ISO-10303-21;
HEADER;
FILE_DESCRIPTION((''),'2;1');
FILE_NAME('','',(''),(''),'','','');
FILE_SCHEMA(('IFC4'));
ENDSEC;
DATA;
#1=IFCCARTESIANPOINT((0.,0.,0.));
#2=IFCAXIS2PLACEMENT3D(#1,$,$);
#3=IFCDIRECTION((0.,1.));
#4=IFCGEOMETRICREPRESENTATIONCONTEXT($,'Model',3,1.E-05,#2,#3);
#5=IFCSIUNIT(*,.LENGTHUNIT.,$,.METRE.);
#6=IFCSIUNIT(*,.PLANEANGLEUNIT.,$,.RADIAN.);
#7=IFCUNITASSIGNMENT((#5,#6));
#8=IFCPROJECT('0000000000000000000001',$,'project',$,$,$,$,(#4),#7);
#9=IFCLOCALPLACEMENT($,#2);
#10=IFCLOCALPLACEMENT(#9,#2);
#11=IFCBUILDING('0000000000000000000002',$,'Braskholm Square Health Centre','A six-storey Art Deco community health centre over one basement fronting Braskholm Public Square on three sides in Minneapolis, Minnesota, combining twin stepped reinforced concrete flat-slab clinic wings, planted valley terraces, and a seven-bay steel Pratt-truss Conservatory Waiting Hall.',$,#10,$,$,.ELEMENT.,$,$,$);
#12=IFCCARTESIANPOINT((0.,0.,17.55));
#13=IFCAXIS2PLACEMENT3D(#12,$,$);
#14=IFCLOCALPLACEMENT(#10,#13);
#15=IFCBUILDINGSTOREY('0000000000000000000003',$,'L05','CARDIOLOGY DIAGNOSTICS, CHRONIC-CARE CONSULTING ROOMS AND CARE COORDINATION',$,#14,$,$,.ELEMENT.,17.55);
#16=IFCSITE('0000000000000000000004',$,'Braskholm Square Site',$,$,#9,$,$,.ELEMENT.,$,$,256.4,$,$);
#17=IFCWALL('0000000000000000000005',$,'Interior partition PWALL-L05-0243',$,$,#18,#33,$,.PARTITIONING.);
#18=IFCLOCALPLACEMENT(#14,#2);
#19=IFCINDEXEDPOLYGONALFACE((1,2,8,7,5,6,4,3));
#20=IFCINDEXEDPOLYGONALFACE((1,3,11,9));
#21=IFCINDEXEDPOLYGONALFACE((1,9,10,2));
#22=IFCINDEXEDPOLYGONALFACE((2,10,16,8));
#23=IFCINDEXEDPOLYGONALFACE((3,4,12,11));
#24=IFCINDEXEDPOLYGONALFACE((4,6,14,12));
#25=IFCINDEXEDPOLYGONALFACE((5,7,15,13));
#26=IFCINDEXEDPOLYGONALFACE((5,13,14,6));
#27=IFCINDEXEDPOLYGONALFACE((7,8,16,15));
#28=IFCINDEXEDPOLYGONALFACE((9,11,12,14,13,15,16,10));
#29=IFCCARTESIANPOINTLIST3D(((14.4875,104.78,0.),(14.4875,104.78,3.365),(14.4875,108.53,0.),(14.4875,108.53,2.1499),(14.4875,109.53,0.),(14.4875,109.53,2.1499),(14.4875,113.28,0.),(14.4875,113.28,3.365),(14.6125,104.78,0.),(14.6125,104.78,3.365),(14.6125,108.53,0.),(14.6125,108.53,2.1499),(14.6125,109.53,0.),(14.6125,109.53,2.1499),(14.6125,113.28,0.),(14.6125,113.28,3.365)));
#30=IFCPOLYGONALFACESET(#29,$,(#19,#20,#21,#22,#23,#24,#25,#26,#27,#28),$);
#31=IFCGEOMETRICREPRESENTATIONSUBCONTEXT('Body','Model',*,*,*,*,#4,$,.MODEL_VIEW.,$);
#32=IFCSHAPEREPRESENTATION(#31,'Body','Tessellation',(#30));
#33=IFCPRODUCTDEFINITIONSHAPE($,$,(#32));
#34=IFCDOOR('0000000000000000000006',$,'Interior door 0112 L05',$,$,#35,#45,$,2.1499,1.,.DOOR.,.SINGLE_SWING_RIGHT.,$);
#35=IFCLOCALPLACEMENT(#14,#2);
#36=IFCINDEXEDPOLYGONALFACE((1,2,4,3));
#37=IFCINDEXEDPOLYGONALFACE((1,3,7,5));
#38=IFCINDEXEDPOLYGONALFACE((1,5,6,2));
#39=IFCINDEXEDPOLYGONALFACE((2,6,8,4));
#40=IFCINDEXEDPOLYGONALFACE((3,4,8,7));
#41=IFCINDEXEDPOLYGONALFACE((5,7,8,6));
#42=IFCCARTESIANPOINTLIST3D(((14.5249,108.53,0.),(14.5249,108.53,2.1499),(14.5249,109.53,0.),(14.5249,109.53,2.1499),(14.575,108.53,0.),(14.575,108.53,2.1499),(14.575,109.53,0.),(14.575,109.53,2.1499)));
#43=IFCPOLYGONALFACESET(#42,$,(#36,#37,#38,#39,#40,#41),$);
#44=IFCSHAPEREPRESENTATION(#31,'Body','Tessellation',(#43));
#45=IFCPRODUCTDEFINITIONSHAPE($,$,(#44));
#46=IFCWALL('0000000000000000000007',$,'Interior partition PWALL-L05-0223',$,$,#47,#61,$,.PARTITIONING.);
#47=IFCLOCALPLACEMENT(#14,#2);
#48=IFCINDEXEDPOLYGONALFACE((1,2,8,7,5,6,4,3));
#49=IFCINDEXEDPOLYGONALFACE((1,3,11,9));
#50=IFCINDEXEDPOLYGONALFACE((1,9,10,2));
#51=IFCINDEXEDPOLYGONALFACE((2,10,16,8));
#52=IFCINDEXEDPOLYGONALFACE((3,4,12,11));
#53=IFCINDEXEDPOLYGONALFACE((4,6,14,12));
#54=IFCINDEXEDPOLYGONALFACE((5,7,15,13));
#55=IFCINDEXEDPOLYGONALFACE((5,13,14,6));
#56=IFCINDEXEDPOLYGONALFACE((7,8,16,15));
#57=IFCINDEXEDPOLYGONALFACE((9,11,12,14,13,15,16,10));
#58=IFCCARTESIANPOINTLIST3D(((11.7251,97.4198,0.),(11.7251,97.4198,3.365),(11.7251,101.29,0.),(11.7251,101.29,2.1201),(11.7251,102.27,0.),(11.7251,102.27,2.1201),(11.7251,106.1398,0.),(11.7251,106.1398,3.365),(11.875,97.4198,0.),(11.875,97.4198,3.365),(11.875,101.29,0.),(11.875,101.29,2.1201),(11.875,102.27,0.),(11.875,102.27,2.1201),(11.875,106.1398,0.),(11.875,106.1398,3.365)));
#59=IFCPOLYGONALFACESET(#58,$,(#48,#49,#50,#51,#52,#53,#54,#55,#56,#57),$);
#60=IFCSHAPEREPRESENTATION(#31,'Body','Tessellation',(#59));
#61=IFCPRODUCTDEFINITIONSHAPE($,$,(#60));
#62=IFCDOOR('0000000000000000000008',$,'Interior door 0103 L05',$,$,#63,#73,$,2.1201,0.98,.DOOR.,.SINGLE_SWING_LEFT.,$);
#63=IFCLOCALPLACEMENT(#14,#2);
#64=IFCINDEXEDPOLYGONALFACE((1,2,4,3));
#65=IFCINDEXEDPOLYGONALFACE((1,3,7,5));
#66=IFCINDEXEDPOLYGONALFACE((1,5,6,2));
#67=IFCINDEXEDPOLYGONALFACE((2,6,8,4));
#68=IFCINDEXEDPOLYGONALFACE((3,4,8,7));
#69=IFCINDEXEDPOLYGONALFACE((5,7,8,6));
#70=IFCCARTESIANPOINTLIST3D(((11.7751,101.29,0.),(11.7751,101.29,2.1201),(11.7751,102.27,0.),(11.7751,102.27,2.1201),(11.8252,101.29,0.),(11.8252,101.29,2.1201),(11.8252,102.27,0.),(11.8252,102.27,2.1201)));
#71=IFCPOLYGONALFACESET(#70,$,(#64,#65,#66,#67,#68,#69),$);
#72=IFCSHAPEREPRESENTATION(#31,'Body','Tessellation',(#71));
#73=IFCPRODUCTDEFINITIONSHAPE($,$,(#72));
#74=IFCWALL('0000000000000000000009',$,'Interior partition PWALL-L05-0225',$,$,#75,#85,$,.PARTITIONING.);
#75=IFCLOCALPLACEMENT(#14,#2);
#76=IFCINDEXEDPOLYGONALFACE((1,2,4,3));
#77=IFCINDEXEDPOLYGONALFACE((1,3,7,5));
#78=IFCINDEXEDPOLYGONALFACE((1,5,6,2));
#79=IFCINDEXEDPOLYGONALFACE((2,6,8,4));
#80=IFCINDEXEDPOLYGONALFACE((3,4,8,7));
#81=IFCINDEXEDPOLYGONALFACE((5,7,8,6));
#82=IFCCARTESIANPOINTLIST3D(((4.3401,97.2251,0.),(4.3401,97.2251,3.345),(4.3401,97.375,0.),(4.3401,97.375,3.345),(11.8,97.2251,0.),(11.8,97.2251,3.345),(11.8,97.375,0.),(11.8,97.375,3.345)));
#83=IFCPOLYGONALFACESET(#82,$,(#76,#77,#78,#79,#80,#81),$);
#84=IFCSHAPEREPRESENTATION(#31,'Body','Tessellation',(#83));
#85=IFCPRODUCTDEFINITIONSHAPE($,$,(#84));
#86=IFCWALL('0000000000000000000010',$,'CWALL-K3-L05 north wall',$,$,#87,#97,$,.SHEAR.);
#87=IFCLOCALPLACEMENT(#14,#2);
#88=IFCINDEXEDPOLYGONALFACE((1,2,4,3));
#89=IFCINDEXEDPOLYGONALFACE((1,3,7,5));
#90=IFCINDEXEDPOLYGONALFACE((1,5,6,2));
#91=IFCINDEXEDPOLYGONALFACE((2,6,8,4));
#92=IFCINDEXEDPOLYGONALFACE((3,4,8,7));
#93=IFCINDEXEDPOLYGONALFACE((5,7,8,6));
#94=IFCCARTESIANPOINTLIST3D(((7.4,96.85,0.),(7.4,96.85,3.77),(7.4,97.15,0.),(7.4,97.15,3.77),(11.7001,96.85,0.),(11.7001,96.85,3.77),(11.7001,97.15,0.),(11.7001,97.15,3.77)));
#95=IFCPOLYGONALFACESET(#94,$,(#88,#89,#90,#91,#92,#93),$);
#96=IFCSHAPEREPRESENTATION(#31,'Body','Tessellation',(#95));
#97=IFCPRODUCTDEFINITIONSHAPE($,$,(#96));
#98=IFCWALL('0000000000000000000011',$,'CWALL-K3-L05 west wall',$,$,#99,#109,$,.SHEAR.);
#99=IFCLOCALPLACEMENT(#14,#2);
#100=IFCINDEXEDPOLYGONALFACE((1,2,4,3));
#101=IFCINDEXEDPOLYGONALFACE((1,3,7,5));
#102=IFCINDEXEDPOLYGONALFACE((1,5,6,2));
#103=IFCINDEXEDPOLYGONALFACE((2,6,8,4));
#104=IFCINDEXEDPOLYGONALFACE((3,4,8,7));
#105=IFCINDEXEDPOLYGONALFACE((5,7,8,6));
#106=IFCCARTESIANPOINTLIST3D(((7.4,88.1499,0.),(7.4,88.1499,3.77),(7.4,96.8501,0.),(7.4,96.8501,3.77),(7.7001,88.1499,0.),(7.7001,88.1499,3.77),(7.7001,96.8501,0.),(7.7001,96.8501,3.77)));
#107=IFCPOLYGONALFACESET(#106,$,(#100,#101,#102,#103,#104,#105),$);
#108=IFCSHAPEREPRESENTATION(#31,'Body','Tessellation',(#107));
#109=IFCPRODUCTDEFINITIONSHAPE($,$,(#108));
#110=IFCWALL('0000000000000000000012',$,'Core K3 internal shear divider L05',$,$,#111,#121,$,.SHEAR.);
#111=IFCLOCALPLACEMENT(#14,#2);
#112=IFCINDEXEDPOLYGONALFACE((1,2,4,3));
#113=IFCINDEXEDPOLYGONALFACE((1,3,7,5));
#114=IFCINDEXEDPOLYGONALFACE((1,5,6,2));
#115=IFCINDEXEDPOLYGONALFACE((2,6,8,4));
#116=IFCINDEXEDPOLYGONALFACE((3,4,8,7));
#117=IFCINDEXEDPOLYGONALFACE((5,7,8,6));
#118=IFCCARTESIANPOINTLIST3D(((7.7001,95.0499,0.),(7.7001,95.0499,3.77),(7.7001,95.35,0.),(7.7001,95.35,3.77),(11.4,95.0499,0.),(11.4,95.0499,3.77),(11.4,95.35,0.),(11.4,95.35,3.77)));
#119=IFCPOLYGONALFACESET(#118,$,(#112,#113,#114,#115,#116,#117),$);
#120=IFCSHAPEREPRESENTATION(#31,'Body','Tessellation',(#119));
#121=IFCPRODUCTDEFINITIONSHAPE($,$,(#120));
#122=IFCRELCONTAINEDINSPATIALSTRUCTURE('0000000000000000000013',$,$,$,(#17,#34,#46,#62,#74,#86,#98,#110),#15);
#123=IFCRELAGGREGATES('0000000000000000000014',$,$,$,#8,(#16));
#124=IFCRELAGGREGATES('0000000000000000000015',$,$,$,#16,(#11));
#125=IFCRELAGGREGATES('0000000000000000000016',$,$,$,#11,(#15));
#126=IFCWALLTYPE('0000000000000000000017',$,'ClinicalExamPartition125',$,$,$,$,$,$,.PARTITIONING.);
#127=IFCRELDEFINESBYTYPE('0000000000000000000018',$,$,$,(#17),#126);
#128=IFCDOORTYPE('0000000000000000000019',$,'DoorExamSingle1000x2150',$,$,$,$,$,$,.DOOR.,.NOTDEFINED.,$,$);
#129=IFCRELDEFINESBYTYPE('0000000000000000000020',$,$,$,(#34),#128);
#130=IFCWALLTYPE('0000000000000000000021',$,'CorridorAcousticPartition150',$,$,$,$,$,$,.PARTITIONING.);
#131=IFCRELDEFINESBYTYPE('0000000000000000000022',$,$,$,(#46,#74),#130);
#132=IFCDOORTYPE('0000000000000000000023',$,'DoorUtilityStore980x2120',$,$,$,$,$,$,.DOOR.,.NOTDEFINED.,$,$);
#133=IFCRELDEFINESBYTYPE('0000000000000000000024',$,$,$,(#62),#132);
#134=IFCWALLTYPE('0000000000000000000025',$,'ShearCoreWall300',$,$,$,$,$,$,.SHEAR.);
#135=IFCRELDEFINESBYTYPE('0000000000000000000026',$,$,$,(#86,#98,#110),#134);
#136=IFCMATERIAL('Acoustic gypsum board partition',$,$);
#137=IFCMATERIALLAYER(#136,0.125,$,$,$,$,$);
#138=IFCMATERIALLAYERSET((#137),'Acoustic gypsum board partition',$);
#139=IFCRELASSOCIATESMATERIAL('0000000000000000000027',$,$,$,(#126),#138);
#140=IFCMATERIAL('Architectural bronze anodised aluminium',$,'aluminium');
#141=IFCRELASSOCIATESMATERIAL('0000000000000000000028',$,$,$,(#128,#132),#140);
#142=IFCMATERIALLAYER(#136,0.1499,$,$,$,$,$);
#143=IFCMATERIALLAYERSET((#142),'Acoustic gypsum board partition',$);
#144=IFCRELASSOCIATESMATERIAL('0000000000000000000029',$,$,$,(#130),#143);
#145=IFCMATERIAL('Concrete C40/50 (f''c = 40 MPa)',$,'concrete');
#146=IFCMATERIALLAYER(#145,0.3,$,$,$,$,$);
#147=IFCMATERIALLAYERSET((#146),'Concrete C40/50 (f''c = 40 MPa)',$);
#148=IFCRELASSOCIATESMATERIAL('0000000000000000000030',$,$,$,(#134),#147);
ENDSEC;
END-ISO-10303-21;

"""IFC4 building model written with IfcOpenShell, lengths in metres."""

from ifc_helpers import new_model, si_unit, direction, frame, frame_2d, origin, origin_with_axes, place, context, subcontext, project, spatial, rectangle, extrude, material, layer, layer_set, type_object, element, fill, save


model = new_model("IFC4")

# Units and contexts
model_context = context("Model", 3, precision=1e-05, world=origin(), true_north=direction((0.0, 1.0)))
body_context = subcontext(model_context, "Body", "Model", "MODEL_VIEW")
ifc_project = project(units=[si_unit("LENGTHUNIT", "METRE"), si_unit("PLANEANGLEUNIT", "RADIAN")], contexts=[model_context])

# Site, building, storey
site_placement = place(None, origin())
site = spatial("IfcSite", under=ifc_project, at=site_placement, Name="Braskholm Square Site", CompositionType="ELEMENT", RefElevation=256.4)
building_placement = place(site_placement, origin())
building = spatial("IfcBuilding", under=site, at=building_placement, Name="Braskholm Square Health Centre", Description="A six-storey Art Deco community health centre over one basement fronting Braskholm Public Square on three sides in Minneapolis, Minnesota, combining twin stepped reinforced concrete flat-slab clinic wings, planted valley terraces, and a seven-bay steel Pratt-truss Conservatory Waiting Hall.", CompositionType="ELEMENT")
storey_placement = place(building_placement, frame((0.0, 0.0, 17.55)))
storey = spatial("IfcBuildingStorey", under=building, at=storey_placement, Name="L05", Description="CARDIOLOGY DIAGNOSTICS, CHRONIC-CARE CONSULTING ROOMS AND CARE COORDINATION", CompositionType="ELEMENT", Elevation=17.55)

# Shared definitions
ifc_material_1 = material(Name="Concrete C40/50 (f'c = 40 MPa)", Category="concrete")

# Shared definitions
ifc_material_2 = material(Name="Architectural bronze anodised aluminium", Category="aluminium")

# Shared definitions
ifc_material_3 = material(Name="Acoustic gypsum board partition")
ifc_layer_1 = layer(ifc_material_3, 0.125)
ifc_layer_set_1 = layer_set([ifc_layer_1], Name="Acoustic gypsum board partition")
wall_type_1 = type_object("IfcWallType", Name="ClinicalExamPartition125", PredefinedType="PARTITIONING", material=ifc_layer_set_1)

# Walls, openings, doors
wall_1_placement = place(storey_placement, frame((14.55, 104.78, 0.0), z_axis=(0.0, 0.0, 1.0), x_axis=(0.0, 1.0, 0.0)))
wall_1 = element("IfcWall", 1, at=wall_1_placement, inside=storey, type_object=wall_type_1, Name="Interior partition PWALL-L05-0243", PredefinedType="PARTITIONING", context=body_context, shape_type="SweptSolid", body=[
    extrude(rectangle(XDim=8.5, YDim=0.125, at=frame_2d((4.25, 0.0))), origin(), (0.0, 0.0, 1.0), 3.365),
])
opening_1_placement = place(wall_1_placement, frame((3.75, 0.0, 0.0)))
opening_1 = element("IfcOpeningElement", 2, at=opening_1_placement, cuts=wall_1, PredefinedType="OPENING", context=body_context, shape_type="SweptSolid", body=[
    extrude(rectangle(XDim=1.0, YDim=2.1499, at=frame_2d((0.5, 1.075))), frame((0.0, 0.0725, 0.0), z_axis=(0.0, -1.0, 0.0), x_axis=(1.0, 0.0, 0.0)), (0.0, 0.0, 1.0), 0.145),
])
door_type_1 = type_object("IfcDoorType", Name="DoorExamSingle1000x2150", OperationType="NOTDEFINED", PredefinedType="DOOR", material=ifc_material_2)
door_1_placement = place(opening_1_placement, frame((1.0, 0.0, 0.0), z_axis=(0.0, 0.0, 1.0), x_axis=(-1.0, 0.0, 0.0)))
door_1 = element("IfcDoor", 3, at=door_1_placement, inside=storey, type_object=door_type_1, Name="Interior door 0112 L05", OperationType="SINGLE_SWING_RIGHT", OverallHeight=2.1499, OverallWidth=1.0, PredefinedType="DOOR", context=body_context, shape_type="SweptSolid", body=[
    extrude(rectangle(XDim=1.0, YDim=2.1499, at=frame_2d((0.5, 1.075))), frame((0.0, 0.0249, 0.0), z_axis=(0.0, -1.0, 0.0), x_axis=(1.0, 0.0, 0.0)), (0.0, 0.0, 1.0), 0.05),
])
fill(opening_1, door_1)
ifc_layer_2 = layer(ifc_material_3, 0.1499)
ifc_layer_set_2 = layer_set([ifc_layer_2], Name="Acoustic gypsum board partition")
wall_type_2 = type_object("IfcWallType", Name="CorridorAcousticPartition150", PredefinedType="PARTITIONING", material=ifc_layer_set_2)
wall_2_placement = place(storey_placement, frame((11.8, 97.4199, 0.0), z_axis=(0.0, 0.0, 1.0), x_axis=(0.0, 1.0, 0.0)))
wall_2 = element("IfcWall", 4, at=wall_2_placement, inside=storey, type_object=wall_type_2, Name="Interior partition PWALL-L05-0223", PredefinedType="PARTITIONING", context=body_context, shape_type="SweptSolid", body=[
    extrude(rectangle(XDim=8.72, YDim=0.1499, at=frame_2d((4.3599, 0.0))), origin(), (0.0, 0.0, 1.0), 3.365),
])
opening_2_placement = place(wall_2_placement, frame((3.8701, 0.0, 0.0)))
opening_2 = element("IfcOpeningElement", 5, at=opening_2_placement, cuts=wall_2, PredefinedType="OPENING", context=body_context, shape_type="SweptSolid", body=[
    extrude(rectangle(XDim=0.98, YDim=2.1201, at=frame_2d((0.49, 1.0601))), frame((0.0, 0.085, 0.0), z_axis=(0.0, -1.0, 0.0), x_axis=(1.0, 0.0, 0.0)), (0.0, 0.0, 1.0), 0.1699),
])
door_type_2 = type_object("IfcDoorType", Name="DoorUtilityStore980x2120", OperationType="NOTDEFINED", PredefinedType="DOOR", material=ifc_material_2)
door_2_placement = place(opening_2_placement, origin_with_axes())
door_2 = element("IfcDoor", 6, at=door_2_placement, inside=storey, type_object=door_type_2, Name="Interior door 0103 L05", OperationType="SINGLE_SWING_LEFT", OverallHeight=2.1201, OverallWidth=0.98, PredefinedType="DOOR", context=body_context, shape_type="SweptSolid", body=[
    extrude(rectangle(XDim=0.98, YDim=2.1201, at=frame_2d((0.49, 1.0601))), frame((0.0, 0.0249, 0.0), z_axis=(0.0, -1.0, 0.0), x_axis=(1.0, 0.0, 0.0)), (0.0, 0.0, 1.0), 0.05),
])
fill(opening_2, door_2)

# Walls
wall_3_placement = place(storey_placement, frame((4.3401, 97.3, 0.0), z_axis=(0.0, 0.0, 1.0), x_axis=(1.0, 0.0, 0.0)))
element("IfcWall", 7, at=wall_3_placement, inside=storey, type_object=wall_type_2, Name="Interior partition PWALL-L05-0225", PredefinedType="PARTITIONING", context=body_context, shape_type="SweptSolid", body=[
    extrude(rectangle(XDim=7.46, YDim=0.1499, at=frame_2d((3.73, 0.0))), origin(), (0.0, 0.0, 1.0), 3.345),
])
ifc_layer_3 = layer(ifc_material_1, 0.3)
ifc_layer_set_3 = layer_set([ifc_layer_3], Name="Concrete C40/50 (f'c = 40 MPa)")
wall_type_3 = type_object("IfcWallType", Name="ShearCoreWall300", PredefinedType="SHEAR", material=ifc_layer_set_3)
wall_4_placement = place(storey_placement, frame((11.7, 97.0, 0.0), z_axis=(0.0, 0.0, 1.0), x_axis=(-1.0, 0.0, 0.0)))
element("IfcWall", 8, at=wall_4_placement, inside=storey, type_object=wall_type_3, Name="CWALL-K3-L05 north wall", PredefinedType="SHEAR", context=body_context, shape_type="SweptSolid", body=[
    extrude(rectangle(XDim=4.3, YDim=0.3, at=frame_2d((2.1499, 0.0))), origin(), (0.0, 0.0, 1.0), 3.77),
])
wall_5_placement = place(storey_placement, frame((7.55, 96.8501, 0.0), z_axis=(0.0, 0.0, 1.0), x_axis=(0.0, -1.0, 0.0)))
element("IfcWall", 9, at=wall_5_placement, inside=storey, type_object=wall_type_3, Name="CWALL-K3-L05 west wall", PredefinedType="SHEAR", context=body_context, shape_type="SweptSolid", body=[
    extrude(rectangle(XDim=8.7002, YDim=0.3, at=frame_2d((4.3501, 0.0))), origin(), (0.0, 0.0, 1.0), 3.77),
])
wall_6_placement = place(storey_placement, frame((7.7, 95.2, 0.0), z_axis=(0.0, 0.0, 1.0), x_axis=(1.0, 0.0, 0.0)))
element("IfcWall", 10, at=wall_6_placement, inside=storey, type_object=wall_type_3, Name="Core K3 internal shear divider L05", PredefinedType="SHEAR", context=body_context, shape_type="SweptSolid", body=[
    extrude(rectangle(XDim=3.7, YDim=0.3, at=frame_2d((1.8501, 0.0))), origin(), (0.0, 0.0, 1.0), 3.77),
])

save(model, "model.ifc")
